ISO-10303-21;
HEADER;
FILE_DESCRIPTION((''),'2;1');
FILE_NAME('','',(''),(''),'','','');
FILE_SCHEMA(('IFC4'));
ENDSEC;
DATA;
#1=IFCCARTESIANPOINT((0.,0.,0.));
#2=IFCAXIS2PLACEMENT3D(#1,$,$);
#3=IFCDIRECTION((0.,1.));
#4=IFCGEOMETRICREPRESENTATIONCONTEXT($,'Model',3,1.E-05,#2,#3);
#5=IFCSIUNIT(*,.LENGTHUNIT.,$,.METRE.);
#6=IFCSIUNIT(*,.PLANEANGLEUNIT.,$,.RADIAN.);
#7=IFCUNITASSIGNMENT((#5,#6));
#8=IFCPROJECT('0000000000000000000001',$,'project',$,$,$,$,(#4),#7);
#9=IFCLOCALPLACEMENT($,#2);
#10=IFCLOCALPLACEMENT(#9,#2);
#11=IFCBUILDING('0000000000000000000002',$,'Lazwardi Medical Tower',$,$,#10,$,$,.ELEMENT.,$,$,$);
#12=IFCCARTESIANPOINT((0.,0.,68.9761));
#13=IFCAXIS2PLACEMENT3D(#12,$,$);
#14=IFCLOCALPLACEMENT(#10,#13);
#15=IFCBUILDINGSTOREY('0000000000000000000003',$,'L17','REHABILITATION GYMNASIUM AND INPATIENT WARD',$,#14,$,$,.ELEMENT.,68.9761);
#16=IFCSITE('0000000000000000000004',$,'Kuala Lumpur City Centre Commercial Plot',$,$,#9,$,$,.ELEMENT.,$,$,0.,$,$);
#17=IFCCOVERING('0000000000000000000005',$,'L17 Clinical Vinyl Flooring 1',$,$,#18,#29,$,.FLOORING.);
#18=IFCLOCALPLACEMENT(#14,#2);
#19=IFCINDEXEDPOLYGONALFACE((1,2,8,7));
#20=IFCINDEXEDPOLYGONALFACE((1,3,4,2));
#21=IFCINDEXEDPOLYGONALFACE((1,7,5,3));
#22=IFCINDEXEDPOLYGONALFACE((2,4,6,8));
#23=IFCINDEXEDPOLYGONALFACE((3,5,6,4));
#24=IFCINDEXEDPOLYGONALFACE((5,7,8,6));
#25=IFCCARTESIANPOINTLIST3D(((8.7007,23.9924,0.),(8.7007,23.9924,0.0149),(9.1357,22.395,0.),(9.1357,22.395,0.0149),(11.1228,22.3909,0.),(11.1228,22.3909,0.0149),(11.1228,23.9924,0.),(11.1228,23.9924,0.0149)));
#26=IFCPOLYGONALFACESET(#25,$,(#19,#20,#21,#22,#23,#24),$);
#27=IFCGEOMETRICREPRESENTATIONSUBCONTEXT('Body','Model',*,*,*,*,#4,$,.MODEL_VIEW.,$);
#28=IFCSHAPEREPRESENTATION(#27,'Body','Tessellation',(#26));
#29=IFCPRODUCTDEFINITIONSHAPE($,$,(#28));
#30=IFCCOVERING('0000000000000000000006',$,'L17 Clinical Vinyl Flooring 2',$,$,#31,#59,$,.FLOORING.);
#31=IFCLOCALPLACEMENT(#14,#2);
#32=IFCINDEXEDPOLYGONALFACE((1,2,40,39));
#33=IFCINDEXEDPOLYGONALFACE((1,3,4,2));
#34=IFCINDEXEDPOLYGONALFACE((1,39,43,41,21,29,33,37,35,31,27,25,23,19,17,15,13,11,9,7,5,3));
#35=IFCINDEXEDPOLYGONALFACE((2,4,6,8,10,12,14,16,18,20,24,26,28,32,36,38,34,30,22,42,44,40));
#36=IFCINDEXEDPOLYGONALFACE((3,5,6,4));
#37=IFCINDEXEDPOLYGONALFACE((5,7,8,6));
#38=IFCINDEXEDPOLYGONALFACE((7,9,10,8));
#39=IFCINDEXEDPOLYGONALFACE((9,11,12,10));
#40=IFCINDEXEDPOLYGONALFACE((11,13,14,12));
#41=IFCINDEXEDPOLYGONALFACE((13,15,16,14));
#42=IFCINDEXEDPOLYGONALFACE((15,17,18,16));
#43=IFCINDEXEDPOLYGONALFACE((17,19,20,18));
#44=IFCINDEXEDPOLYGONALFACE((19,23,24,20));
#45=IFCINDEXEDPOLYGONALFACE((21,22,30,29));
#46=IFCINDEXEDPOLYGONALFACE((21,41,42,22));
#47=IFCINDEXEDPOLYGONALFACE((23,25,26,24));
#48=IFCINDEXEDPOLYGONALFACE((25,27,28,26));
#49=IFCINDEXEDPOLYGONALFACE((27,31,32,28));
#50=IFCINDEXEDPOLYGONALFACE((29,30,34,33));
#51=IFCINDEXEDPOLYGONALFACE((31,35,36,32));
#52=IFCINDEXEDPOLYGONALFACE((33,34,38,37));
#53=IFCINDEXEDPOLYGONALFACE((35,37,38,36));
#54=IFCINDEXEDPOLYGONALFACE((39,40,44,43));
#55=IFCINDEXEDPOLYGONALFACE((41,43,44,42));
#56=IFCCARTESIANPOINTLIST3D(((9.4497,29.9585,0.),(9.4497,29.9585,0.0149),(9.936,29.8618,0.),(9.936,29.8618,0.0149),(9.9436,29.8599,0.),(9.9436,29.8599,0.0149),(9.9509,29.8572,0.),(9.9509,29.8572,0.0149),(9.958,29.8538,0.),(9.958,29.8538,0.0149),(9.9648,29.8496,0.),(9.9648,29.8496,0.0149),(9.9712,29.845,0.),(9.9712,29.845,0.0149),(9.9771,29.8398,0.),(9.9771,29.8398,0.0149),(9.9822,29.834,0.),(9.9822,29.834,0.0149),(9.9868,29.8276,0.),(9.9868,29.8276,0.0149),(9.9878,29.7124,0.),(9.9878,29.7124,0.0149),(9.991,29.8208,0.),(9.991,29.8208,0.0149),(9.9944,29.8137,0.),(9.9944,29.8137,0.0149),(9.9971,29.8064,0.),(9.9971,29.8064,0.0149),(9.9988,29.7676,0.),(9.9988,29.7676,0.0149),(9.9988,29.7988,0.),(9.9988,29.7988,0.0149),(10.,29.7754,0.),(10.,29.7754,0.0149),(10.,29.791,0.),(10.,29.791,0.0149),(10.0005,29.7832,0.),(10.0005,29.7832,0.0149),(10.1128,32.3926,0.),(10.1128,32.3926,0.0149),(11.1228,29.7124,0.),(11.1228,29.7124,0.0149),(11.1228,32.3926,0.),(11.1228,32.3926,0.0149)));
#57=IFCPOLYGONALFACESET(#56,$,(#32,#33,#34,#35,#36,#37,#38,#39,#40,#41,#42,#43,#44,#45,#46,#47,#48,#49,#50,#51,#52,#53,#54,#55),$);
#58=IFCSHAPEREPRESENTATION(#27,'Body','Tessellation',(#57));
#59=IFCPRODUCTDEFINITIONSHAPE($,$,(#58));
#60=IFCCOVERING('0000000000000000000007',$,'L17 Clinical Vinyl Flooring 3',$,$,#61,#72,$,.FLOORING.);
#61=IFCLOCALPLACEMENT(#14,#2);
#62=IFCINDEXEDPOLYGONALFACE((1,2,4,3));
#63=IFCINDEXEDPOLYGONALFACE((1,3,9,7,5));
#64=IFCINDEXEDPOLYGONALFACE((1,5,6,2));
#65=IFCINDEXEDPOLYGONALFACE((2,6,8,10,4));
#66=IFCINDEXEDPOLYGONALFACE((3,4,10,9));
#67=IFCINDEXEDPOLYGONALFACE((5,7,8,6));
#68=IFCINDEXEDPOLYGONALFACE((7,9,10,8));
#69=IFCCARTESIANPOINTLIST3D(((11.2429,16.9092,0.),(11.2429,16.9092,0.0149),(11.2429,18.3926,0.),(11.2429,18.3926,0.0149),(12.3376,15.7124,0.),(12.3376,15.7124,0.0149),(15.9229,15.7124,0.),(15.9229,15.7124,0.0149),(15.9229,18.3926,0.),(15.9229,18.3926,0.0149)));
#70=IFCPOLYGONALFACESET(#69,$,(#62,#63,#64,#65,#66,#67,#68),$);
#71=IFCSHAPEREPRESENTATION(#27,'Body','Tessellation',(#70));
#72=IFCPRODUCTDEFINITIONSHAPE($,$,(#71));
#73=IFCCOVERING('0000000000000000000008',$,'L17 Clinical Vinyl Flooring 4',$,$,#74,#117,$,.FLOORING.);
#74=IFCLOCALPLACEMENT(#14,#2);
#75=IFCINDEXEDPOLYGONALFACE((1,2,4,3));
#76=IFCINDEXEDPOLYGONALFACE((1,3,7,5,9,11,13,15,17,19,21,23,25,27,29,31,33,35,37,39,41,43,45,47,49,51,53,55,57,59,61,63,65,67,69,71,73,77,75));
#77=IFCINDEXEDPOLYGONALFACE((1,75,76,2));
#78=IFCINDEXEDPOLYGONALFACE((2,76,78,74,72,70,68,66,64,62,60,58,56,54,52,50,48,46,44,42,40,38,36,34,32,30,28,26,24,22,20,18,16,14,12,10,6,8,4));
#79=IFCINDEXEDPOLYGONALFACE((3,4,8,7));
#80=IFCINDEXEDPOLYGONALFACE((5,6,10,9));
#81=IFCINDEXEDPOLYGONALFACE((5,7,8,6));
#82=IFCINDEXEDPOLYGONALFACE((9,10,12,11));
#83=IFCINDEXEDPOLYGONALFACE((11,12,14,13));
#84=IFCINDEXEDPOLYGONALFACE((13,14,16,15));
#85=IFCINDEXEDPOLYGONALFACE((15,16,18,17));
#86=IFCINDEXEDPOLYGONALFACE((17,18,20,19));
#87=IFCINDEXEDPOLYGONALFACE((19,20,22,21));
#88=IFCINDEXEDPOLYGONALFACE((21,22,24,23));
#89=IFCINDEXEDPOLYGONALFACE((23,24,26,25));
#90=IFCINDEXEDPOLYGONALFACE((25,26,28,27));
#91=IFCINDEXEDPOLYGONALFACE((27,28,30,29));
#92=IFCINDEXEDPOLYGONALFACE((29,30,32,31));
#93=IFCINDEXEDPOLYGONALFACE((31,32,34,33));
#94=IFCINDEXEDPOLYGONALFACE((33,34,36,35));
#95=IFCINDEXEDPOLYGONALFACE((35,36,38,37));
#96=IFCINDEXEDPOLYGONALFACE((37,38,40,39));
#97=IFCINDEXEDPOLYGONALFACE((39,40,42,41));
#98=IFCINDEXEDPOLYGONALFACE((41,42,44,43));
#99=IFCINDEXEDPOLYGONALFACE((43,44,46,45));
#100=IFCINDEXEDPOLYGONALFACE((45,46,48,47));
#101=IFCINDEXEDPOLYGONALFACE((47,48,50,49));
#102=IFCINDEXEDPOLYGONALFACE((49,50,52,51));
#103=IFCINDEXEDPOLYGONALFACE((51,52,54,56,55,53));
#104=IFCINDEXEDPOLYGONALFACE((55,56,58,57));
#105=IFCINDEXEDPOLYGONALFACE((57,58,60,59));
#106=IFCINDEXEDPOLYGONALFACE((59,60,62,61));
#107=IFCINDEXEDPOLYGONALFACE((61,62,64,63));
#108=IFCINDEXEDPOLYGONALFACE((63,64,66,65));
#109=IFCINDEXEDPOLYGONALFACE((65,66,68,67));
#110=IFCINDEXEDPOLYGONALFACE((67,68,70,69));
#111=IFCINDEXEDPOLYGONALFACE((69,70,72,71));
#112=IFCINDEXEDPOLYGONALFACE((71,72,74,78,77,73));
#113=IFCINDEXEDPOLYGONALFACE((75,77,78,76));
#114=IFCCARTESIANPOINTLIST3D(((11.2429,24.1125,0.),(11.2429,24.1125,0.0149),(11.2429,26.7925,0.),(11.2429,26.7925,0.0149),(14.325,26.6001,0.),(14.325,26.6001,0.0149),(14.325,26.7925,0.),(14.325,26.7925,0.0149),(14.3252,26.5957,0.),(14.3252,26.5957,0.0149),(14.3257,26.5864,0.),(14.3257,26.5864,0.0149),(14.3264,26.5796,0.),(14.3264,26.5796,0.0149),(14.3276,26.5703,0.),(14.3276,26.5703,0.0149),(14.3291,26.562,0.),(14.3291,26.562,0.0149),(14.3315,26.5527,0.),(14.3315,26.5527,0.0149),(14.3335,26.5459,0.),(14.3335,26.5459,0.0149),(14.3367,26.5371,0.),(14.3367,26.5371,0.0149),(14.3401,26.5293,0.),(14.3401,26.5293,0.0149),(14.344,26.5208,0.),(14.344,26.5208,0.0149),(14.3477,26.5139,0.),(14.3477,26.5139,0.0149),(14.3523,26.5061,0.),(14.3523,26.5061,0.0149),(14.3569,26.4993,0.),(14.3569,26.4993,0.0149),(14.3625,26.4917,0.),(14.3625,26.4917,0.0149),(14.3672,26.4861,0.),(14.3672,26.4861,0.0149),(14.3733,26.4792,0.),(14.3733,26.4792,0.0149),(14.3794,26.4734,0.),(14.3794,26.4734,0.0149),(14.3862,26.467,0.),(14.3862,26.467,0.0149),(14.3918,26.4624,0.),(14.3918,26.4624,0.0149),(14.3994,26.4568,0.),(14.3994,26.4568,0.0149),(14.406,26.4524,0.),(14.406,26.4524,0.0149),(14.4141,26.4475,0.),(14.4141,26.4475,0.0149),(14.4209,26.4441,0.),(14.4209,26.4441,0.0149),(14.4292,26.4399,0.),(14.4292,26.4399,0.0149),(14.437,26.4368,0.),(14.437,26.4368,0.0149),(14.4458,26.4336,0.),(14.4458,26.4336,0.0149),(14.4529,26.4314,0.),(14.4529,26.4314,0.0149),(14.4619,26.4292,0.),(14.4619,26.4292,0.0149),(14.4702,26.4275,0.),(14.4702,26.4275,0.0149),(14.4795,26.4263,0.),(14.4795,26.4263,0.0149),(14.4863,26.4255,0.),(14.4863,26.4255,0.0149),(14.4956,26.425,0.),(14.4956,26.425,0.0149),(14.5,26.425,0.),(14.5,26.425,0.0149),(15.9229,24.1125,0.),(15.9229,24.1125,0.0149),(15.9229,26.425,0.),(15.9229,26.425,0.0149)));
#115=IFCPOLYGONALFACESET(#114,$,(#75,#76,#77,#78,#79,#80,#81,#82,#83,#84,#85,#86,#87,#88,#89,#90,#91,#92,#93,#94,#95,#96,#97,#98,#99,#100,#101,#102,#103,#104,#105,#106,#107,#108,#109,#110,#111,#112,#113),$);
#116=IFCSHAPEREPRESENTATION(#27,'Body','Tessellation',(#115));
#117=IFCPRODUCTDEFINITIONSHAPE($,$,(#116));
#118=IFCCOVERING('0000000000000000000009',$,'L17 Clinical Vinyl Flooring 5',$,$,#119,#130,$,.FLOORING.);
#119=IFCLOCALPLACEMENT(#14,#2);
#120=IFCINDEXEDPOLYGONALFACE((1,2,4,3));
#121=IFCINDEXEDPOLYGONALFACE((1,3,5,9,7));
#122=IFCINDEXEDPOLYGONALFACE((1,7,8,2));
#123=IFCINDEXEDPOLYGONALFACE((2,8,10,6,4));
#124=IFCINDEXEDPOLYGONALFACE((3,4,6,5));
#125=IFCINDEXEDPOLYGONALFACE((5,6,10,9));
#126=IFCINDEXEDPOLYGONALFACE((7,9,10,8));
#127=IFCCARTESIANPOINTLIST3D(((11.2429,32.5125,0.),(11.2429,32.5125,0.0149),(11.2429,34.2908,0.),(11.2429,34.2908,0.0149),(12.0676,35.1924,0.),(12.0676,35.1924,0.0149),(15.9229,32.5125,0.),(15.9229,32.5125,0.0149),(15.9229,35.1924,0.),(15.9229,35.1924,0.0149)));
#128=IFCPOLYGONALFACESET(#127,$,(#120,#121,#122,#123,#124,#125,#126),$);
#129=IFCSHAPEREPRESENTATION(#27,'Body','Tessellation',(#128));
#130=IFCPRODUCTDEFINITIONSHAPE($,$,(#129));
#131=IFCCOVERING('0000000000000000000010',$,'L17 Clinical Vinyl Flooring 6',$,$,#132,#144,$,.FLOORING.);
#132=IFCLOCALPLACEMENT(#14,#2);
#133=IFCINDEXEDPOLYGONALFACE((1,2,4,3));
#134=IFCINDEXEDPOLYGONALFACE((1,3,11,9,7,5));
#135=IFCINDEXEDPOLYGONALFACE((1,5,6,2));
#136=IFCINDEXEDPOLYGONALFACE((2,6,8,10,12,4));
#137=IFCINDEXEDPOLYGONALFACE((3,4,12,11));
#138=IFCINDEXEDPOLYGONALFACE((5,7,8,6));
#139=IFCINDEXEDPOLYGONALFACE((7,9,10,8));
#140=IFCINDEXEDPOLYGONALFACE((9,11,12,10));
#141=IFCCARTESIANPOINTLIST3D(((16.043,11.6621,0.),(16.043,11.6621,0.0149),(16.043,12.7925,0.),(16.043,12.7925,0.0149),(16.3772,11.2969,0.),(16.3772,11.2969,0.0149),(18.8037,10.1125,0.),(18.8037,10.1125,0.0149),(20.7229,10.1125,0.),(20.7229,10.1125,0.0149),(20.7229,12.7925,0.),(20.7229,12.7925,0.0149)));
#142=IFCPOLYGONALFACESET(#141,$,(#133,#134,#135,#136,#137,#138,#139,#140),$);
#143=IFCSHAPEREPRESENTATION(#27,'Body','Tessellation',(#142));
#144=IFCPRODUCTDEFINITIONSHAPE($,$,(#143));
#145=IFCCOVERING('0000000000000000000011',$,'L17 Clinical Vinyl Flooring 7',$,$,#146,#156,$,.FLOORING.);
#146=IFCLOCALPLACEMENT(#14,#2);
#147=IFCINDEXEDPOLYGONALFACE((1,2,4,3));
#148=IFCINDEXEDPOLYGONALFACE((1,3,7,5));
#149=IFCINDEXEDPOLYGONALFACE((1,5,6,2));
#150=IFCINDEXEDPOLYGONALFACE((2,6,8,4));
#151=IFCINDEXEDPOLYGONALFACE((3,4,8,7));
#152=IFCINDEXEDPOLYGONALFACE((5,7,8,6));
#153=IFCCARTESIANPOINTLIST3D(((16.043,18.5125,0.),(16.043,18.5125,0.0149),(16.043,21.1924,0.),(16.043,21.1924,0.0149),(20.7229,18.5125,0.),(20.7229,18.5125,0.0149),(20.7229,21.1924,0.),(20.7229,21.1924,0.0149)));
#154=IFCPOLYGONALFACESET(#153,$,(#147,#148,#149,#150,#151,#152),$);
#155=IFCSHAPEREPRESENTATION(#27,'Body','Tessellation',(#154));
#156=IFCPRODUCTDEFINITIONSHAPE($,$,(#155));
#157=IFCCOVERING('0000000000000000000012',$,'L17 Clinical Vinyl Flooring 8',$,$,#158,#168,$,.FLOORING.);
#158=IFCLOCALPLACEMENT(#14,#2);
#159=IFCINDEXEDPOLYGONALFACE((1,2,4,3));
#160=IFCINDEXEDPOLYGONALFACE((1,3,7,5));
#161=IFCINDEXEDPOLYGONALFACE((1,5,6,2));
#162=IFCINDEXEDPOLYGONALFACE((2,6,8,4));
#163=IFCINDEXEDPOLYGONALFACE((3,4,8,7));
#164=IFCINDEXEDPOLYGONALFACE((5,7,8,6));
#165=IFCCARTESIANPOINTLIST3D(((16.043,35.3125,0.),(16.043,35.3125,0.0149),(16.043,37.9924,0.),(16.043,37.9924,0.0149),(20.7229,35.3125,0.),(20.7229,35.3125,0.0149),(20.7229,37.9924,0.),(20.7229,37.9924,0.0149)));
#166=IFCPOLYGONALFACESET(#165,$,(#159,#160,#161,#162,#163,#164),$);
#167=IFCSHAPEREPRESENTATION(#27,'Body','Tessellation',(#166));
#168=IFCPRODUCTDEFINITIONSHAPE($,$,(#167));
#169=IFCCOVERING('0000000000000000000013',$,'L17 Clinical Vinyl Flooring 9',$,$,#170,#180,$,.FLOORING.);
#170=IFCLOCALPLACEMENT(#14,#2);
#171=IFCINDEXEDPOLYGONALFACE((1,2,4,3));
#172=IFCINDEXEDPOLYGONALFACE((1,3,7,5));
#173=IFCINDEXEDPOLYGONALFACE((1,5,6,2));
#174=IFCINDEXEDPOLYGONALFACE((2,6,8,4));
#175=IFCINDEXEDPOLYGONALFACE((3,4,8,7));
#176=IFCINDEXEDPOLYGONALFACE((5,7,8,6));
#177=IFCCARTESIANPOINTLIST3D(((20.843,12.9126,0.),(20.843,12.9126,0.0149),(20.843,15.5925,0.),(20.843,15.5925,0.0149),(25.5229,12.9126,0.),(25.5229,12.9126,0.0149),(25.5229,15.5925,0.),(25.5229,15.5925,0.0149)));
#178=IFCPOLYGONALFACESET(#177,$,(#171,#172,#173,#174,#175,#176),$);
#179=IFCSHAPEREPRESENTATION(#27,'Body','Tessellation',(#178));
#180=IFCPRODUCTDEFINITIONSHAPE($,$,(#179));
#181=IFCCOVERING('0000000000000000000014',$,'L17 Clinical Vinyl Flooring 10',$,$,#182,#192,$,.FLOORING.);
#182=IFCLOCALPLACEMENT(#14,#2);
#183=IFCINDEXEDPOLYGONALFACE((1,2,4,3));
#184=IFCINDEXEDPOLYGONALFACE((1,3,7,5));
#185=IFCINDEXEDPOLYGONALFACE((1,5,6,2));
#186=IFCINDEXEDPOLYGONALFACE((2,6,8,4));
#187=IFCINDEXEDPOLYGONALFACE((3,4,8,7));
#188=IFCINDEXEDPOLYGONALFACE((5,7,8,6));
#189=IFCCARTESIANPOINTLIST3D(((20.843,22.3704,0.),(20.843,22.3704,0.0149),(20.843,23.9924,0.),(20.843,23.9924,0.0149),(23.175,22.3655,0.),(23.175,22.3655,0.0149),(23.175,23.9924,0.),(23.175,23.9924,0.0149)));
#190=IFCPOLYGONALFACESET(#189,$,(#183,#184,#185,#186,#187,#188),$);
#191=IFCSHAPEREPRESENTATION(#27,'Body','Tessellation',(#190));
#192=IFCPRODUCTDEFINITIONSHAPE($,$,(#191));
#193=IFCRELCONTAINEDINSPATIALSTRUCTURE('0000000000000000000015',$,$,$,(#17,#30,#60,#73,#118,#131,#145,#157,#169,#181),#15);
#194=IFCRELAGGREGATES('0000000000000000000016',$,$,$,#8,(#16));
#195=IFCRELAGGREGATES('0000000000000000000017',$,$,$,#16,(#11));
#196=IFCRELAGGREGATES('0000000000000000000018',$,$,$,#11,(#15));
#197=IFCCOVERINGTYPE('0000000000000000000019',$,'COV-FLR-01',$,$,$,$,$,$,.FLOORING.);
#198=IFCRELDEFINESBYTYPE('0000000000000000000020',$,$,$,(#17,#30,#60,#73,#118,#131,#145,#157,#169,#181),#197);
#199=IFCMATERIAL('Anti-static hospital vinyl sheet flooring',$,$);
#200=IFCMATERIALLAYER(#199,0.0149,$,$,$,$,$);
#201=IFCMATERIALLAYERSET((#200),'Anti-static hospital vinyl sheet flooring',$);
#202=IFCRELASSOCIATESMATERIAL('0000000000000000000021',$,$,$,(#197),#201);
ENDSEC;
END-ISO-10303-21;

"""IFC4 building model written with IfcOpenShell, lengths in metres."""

from ifc_helpers import new_model, si_unit, direction, frame, origin, place, context, subcontext, project, spatial, polyline, outline, extrude, material, layer, layer_set, type_object, element, save


model = new_model("IFC4")

# Units and contexts
model_context = context("Model", 3, precision=1e-05, world=origin(), true_north=direction((0.0, 1.0)))
body_context = subcontext(model_context, "Body", "Model", "MODEL_VIEW")
ifc_project = project(units=[si_unit("LENGTHUNIT", "METRE"), si_unit("PLANEANGLEUNIT", "RADIAN")], contexts=[model_context])

# Site, building, storey
site_placement = place(None, origin())
site = spatial("IfcSite", under=ifc_project, at=site_placement, Name="Kuala Lumpur City Centre Commercial Plot", CompositionType="ELEMENT", RefElevation=0.0)
building_placement = place(site_placement, origin())
building = spatial("IfcBuilding", under=site, at=building_placement, Name="Lazwardi Medical Tower", CompositionType="ELEMENT")
storey_placement = place(building_placement, frame((0.0, 0.0, 68.9761)))
storey = spatial("IfcBuildingStorey", under=building, at=storey_placement, Name="L17", Description="REHABILITATION GYMNASIUM AND INPATIENT WARD", CompositionType="ELEMENT", Elevation=68.9761)

# Coverings
ifc_material_1 = material(Name="Anti-static hospital vinyl sheet flooring")
ifc_layer_1 = layer(ifc_material_1, 0.0149)
ifc_layer_set_1 = layer_set([ifc_layer_1], Name="Anti-static hospital vinyl sheet flooring")
covering_type_1 = type_object("IfcCoveringType", Name="COV-FLR-01", PredefinedType="FLOORING", material=ifc_layer_set_1)
covering_1_placement = place(storey_placement, origin())
element("IfcCovering", 1, at=covering_1_placement, inside=storey, type_object=covering_type_1, Name="L17 Clinical Vinyl Flooring 1", PredefinedType="FLOORING", context=body_context, shape_type="SweptSolid", body=[
    extrude(outline(polyline([(8.7007, 23.9924), (9.1357, 22.395), (11.1228, 22.3909), (11.1228, 23.9924), (8.7007, 23.9924)])), origin(), (0.0, 0.0, 1.0), 0.0149),
])
covering_2_placement = place(storey_placement, origin())
element("IfcCovering", 2, at=covering_2_placement, inside=storey, type_object=covering_type_1, Name="L17 Clinical Vinyl Flooring 2", PredefinedType="FLOORING", context=body_context, shape_type="SweptSolid", body=[
    extrude(outline(polyline([(10.1128, 32.3926), (9.4497, 29.9585), (9.936, 29.8618), (9.9436, 29.8599), (9.9509, 29.8572), (9.958, 29.8538), (9.9648, 29.8496), (9.9712, 29.845), (9.9771, 29.8398), (9.9822, 29.834), (9.9868, 29.8276), (9.991, 29.8208), (9.9944, 29.8137), (9.9971, 29.8064), (9.9988, 29.7988), (10.0, 29.791), (10.0005, 29.7832), (10.0, 29.7754), (9.9988, 29.7676), (9.9878, 29.7124), (11.1228, 29.7124), (11.1228, 32.3926), (10.1128, 32.3926)])), origin(), (0.0, 0.0, 1.0), 0.0149),
])
covering_3_placement = place(storey_placement, origin())
element("IfcCovering", 3, at=covering_3_placement, inside=storey, type_object=covering_type_1, Name="L17 Clinical Vinyl Flooring 3", PredefinedType="FLOORING", context=body_context, shape_type="SweptSolid", body=[
    extrude(outline(polyline([(11.2429, 16.9092), (12.3376, 15.7124), (15.9229, 15.7124), (15.9229, 18.3926), (11.2429, 18.3926), (11.2429, 16.9092)])), origin(), (0.0, 0.0, 1.0), 0.0149),
])
covering_4_placement = place(storey_placement, origin())
element("IfcCovering", 4, at=covering_4_placement, inside=storey, type_object=covering_type_1, Name="L17 Clinical Vinyl Flooring 4", PredefinedType="FLOORING", context=body_context, shape_type="SweptSolid", body=[
    extrude(outline(polyline([(15.9229, 26.425), (14.5, 26.425), (14.4956, 26.425), (14.4863, 26.4255), (14.4795, 26.4263), (14.4702, 26.4275), (14.4619, 26.4292), (14.4529, 26.4314), (14.4458, 26.4336), (14.437, 26.4368), (14.4292, 26.4399), (14.4209, 26.4441), (14.4141, 26.4475), (14.406, 26.4524), (14.3994, 26.4568), (14.3918, 26.4624), (14.3862, 26.467), (14.3794, 26.4734), (14.3733, 26.4792), (14.3672, 26.4861), (14.3625, 26.4917), (14.3569, 26.4993), (14.3523, 26.5061), (14.3477, 26.5139), (14.344, 26.5208), (14.3401, 26.5293), (14.3367, 26.5371), (14.3335, 26.5459), (14.3315, 26.5527), (14.3291, 26.562), (14.3276, 26.5703), (14.3264, 26.5796), (14.3257, 26.5864), (14.3252, 26.5957), (14.325, 26.6001), (14.325, 26.7925), (11.2429, 26.7925), (11.2429, 24.1125), (15.9229, 24.1125), (15.9229, 26.425)])), origin(), (0.0, 0.0, 1.0), 0.0149),
])
covering_5_placement = place(storey_placement, origin())
element("IfcCovering", 5, at=covering_5_placement, inside=storey, type_object=covering_type_1, Name="L17 Clinical Vinyl Flooring 5", PredefinedType="FLOORING", context=body_context, shape_type="SweptSolid", body=[
    extrude(outline(polyline([(12.0676, 35.1924), (11.2429, 34.2908), (11.2429, 32.5125), (15.9229, 32.5125), (15.9229, 35.1924), (12.0676, 35.1924)])), origin(), (0.0, 0.0, 1.0), 0.0149),
])
covering_6_placement = place(storey_placement, origin())
element("IfcCovering", 6, at=covering_6_placement, inside=storey, type_object=covering_type_1, Name="L17 Clinical Vinyl Flooring 6", PredefinedType="FLOORING", context=body_context, shape_type="SweptSolid", body=[
    extrude(outline(polyline([(16.043, 11.6621), (16.3772, 11.2969), (18.8037, 10.1125), (20.7229, 10.1125), (20.7229, 12.7925), (16.043, 12.7925), (16.043, 11.6621)])), origin(), (0.0, 0.0, 1.0), 0.0149),
])
covering_7_placement = place(storey_placement, origin())
element("IfcCovering", 7, at=covering_7_placement, inside=storey, type_object=covering_type_1, Name="L17 Clinical Vinyl Flooring 7", PredefinedType="FLOORING", context=body_context, shape_type="SweptSolid", body=[
    extrude(outline(polyline([(20.7229, 18.5125), (20.7229, 21.1924), (16.043, 21.1924), (16.043, 18.5125), (20.7229, 18.5125)])), origin(), (0.0, 0.0, 1.0), 0.0149),
])
covering_8_placement = place(storey_placement, origin())
element("IfcCovering", 8, at=covering_8_placement, inside=storey, type_object=covering_type_1, Name="L17 Clinical Vinyl Flooring 8", PredefinedType="FLOORING", context=body_context, shape_type="SweptSolid", body=[
    extrude(outline(polyline([(20.7229, 35.3125), (20.7229, 37.9924), (16.043, 37.9924), (16.043, 35.3125), (20.7229, 35.3125)])), origin(), (0.0, 0.0, 1.0), 0.0149),
])
covering_9_placement = place(storey_placement, origin())
element("IfcCovering", 9, at=covering_9_placement, inside=storey, type_object=covering_type_1, Name="L17 Clinical Vinyl Flooring 9", PredefinedType="FLOORING", context=body_context, shape_type="SweptSolid", body=[
    extrude(outline(polyline([(25.5229, 12.9126), (25.5229, 15.5925), (20.843, 15.5925), (20.843, 12.9126), (25.5229, 12.9126)])), origin(), (0.0, 0.0, 1.0), 0.0149),
])
covering_10_placement = place(storey_placement, origin())
element("IfcCovering", 10, at=covering_10_placement, inside=storey, type_object=covering_type_1, Name="L17 Clinical Vinyl Flooring 10", PredefinedType="FLOORING", context=body_context, shape_type="SweptSolid", body=[
    extrude(outline(polyline([(20.843, 22.3704), (23.175, 22.3655), (23.175, 23.9924), (20.843, 23.9924), (20.843, 22.3704)])), origin(), (0.0, 0.0, 1.0), 0.0149),
])

save(model, "model.ifc")
